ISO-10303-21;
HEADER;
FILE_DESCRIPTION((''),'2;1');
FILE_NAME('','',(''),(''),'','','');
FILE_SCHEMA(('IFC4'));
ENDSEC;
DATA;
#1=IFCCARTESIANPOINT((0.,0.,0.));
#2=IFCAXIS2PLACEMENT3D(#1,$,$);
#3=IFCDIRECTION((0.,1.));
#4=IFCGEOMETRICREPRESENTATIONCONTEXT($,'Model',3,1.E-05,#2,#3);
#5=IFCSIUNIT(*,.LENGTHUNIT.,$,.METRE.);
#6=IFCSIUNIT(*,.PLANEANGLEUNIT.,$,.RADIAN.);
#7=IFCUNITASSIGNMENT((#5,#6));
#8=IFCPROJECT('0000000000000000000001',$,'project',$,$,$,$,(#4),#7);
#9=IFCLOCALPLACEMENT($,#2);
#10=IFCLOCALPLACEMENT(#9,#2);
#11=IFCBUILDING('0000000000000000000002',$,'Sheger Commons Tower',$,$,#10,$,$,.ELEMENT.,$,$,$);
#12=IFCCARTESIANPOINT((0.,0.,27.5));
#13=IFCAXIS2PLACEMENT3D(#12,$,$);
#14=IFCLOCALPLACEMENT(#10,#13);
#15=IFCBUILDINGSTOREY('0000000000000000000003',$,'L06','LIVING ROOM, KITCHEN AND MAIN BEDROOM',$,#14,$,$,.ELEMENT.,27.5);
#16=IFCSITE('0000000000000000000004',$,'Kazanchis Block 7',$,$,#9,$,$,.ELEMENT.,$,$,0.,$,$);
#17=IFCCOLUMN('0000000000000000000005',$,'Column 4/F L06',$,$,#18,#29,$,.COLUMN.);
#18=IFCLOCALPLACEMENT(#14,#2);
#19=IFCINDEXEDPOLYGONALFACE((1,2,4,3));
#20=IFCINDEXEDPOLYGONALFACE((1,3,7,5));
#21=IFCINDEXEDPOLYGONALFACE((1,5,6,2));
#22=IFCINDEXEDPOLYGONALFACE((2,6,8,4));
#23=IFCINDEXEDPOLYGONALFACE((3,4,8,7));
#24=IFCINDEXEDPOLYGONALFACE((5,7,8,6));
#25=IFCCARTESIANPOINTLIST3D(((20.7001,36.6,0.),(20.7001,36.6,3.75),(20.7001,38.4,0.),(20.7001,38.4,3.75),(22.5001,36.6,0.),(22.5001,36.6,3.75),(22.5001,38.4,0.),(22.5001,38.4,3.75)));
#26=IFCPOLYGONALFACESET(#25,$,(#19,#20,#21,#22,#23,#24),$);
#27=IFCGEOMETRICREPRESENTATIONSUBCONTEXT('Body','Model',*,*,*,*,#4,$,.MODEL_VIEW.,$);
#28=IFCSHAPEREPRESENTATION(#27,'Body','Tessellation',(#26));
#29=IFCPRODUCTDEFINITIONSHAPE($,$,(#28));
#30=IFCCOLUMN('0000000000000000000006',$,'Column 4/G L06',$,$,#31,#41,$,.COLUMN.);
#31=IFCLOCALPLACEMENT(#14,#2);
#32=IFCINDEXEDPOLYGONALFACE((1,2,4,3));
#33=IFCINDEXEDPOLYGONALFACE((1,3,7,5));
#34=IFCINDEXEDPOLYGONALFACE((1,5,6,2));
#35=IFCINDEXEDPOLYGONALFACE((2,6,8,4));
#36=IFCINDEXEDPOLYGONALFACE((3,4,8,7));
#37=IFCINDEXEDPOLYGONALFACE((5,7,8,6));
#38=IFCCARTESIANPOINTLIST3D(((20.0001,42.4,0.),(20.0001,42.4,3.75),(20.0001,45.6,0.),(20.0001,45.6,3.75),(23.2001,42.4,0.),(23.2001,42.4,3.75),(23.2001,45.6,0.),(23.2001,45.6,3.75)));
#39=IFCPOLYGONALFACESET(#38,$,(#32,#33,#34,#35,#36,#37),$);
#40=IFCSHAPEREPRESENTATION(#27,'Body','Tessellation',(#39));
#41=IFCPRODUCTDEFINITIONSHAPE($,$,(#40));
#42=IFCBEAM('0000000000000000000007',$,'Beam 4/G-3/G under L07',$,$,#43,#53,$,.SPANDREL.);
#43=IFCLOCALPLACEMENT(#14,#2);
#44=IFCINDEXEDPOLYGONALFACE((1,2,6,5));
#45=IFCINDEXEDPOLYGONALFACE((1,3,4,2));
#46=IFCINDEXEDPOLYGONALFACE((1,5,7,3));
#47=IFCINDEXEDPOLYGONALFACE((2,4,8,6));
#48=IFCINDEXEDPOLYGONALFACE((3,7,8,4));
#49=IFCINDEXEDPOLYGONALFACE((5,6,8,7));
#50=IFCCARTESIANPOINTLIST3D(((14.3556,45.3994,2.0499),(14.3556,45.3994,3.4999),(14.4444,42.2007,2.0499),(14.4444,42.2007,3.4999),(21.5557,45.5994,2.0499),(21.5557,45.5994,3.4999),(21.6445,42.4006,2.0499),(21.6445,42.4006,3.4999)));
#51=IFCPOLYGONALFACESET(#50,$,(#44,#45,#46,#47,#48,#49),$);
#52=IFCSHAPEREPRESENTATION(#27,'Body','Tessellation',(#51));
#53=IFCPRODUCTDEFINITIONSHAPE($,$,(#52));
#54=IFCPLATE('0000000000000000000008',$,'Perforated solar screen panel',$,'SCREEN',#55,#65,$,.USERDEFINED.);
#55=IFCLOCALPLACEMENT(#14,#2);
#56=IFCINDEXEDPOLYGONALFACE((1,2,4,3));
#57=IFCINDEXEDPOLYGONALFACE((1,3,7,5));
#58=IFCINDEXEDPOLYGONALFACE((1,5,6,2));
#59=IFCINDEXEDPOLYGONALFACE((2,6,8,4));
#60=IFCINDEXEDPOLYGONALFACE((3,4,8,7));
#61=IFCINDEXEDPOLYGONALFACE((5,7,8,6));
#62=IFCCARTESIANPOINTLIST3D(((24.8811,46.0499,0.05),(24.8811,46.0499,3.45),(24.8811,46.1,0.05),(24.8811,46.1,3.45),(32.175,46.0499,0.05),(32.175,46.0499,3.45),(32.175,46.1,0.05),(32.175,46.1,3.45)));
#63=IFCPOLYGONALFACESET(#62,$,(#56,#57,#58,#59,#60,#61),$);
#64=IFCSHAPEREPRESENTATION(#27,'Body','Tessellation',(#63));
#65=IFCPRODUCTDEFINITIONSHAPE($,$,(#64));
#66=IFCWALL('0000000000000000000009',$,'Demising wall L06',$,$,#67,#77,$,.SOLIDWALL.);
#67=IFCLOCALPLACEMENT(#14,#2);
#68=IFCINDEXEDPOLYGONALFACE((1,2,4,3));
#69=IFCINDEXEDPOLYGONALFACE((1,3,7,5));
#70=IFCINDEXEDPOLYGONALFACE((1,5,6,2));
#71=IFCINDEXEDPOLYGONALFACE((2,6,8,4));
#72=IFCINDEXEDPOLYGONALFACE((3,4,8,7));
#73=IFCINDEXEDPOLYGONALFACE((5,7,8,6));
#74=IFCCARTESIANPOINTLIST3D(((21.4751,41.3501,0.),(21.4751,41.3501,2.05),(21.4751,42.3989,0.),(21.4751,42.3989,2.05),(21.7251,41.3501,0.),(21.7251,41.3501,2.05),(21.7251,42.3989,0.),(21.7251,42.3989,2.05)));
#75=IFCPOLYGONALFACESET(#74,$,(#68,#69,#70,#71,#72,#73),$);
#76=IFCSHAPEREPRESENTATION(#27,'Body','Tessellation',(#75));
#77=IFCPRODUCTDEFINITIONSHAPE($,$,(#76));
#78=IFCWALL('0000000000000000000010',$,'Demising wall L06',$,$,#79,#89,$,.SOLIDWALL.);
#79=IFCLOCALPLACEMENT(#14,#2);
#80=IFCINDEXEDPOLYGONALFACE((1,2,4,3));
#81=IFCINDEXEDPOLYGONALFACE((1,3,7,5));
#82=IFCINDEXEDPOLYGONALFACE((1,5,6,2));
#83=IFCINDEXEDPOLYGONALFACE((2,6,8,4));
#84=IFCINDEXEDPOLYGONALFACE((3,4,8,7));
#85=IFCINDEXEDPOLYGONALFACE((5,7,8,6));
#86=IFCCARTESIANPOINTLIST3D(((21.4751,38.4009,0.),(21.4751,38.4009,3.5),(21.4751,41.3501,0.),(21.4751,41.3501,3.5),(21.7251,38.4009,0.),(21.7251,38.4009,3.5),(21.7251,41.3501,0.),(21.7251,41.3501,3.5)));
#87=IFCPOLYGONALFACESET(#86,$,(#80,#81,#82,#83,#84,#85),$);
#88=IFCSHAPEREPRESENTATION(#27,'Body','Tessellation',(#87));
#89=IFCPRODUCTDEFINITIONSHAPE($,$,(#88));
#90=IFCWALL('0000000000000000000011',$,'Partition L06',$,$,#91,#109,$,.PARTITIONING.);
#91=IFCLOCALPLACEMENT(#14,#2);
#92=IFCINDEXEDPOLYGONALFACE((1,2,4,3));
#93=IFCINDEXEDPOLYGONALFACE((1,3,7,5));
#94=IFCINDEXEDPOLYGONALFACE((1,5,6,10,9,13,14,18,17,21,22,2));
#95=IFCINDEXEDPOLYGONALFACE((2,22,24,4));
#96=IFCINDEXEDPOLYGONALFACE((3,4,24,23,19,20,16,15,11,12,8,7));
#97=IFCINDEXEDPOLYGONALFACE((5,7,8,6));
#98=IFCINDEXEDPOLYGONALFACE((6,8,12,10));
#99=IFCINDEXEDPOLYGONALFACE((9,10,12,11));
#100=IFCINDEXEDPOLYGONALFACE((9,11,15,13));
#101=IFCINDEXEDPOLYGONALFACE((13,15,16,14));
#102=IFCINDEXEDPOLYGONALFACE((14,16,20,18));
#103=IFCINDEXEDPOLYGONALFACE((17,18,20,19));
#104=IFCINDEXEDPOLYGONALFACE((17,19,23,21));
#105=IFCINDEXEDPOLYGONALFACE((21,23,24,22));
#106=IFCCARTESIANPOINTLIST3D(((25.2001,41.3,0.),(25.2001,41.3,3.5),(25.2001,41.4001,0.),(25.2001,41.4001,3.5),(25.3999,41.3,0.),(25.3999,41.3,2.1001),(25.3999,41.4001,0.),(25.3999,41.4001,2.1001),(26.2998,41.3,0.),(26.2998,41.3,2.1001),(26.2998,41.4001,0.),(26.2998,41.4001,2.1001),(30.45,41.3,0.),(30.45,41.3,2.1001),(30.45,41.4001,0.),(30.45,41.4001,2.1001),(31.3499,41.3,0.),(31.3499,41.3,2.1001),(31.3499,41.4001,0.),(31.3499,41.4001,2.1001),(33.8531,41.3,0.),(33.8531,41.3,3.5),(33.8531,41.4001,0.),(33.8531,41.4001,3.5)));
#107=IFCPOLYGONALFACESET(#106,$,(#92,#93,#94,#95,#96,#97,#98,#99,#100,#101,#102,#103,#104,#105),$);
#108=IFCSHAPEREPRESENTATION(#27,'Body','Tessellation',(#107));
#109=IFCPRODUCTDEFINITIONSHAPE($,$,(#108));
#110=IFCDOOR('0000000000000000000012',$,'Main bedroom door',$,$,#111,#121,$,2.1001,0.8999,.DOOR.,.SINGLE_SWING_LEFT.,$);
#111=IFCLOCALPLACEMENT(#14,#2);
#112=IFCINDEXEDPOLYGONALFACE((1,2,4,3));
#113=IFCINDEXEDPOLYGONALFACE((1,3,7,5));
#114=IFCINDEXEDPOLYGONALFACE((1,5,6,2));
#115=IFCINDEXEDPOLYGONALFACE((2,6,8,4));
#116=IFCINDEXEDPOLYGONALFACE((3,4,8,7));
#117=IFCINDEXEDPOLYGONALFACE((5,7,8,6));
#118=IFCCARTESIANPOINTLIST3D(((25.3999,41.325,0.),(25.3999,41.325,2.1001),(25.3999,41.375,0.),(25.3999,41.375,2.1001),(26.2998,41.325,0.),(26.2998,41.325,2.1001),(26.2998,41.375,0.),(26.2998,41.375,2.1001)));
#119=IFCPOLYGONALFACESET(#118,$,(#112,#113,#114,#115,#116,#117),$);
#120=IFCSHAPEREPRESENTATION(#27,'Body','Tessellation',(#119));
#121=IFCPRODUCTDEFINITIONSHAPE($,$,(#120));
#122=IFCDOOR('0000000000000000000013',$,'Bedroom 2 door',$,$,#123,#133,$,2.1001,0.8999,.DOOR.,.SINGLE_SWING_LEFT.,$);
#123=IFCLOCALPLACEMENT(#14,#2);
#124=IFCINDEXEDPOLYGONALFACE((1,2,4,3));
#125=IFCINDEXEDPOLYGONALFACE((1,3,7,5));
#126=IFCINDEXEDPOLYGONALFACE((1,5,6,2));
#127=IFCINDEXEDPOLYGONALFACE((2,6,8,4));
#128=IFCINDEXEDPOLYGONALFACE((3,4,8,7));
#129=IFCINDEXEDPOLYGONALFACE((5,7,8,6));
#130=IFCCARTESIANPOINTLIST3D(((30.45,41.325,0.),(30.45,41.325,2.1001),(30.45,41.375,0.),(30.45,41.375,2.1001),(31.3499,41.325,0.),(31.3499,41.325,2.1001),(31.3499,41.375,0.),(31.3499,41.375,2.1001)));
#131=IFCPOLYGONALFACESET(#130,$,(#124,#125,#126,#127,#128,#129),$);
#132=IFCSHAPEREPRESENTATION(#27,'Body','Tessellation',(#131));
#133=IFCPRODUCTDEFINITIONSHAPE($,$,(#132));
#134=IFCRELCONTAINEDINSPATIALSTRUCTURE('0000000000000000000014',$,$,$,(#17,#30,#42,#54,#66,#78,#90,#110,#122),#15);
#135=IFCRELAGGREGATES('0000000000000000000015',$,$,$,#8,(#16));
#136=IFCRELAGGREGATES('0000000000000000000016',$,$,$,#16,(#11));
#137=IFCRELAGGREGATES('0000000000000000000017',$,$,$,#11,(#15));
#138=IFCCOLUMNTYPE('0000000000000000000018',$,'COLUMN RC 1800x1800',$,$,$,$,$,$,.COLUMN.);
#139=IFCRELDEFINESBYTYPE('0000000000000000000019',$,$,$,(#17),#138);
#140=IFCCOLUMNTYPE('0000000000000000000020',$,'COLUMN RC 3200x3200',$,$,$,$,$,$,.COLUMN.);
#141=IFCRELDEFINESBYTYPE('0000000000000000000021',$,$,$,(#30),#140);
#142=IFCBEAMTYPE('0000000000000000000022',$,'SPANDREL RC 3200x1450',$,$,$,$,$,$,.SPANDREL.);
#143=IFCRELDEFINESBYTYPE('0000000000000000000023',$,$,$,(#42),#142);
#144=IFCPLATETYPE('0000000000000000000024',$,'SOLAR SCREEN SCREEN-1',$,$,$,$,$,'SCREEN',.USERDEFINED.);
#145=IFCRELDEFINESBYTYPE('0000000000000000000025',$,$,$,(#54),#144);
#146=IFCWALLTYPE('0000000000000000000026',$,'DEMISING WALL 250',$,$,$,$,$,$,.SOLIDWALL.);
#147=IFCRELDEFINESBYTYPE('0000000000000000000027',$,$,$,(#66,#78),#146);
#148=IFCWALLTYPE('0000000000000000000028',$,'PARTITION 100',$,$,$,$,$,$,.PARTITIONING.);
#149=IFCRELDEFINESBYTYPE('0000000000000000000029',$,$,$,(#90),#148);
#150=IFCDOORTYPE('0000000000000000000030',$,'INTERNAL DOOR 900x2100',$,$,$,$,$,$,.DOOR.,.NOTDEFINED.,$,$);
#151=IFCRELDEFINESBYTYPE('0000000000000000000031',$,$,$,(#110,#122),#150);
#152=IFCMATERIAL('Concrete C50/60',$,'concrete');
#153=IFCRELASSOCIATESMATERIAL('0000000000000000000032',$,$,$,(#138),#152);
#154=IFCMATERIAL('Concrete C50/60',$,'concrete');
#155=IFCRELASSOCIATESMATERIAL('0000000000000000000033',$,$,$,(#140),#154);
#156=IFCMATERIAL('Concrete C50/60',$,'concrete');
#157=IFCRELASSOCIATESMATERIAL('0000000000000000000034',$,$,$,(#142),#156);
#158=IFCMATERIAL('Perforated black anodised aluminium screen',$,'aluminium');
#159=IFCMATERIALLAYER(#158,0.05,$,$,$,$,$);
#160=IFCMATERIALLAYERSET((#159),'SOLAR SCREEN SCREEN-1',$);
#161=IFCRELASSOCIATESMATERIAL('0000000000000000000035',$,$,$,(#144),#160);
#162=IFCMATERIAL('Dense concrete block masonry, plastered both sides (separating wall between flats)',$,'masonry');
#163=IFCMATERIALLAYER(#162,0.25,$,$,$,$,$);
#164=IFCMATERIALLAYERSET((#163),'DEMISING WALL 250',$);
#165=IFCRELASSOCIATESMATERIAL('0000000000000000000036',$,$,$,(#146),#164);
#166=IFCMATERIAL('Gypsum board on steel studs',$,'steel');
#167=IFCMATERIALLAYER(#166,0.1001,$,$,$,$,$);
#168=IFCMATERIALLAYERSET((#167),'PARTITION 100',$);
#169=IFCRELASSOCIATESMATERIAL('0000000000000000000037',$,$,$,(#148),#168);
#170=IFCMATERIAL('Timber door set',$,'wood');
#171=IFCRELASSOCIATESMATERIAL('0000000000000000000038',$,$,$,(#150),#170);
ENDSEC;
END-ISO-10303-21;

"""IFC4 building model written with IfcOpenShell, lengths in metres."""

from ifc_helpers import new_model, si_unit, direction, frame, frame_2d, origin, origin_2d, place, context, subcontext, project, spatial, rectangle, extrude, material, layer, layer_set, material_profile, profile_set, type_object, element, fill, save


model = new_model("IFC4")

# Units and contexts
model_context = context("Model", 3, precision=1e-05, world=origin(), true_north=direction((0.0, 1.0)))
body_context = subcontext(model_context, "Body", "Model", "MODEL_VIEW")
ifc_project = project(units=[si_unit("LENGTHUNIT", "METRE"), si_unit("PLANEANGLEUNIT", "RADIAN")], contexts=[model_context])

# Site, building, storey
site_placement = place(None, origin())
site = spatial("IfcSite", under=ifc_project, at=site_placement, Name="Kazanchis Block 7", CompositionType="ELEMENT", RefElevation=0.0)
building_placement = place(site_placement, origin())
building = spatial("IfcBuilding", under=site, at=building_placement, Name="Sheger Commons Tower", CompositionType="ELEMENT")
storey_placement = place(building_placement, frame((0.0, 0.0, 27.5)))
storey = spatial("IfcBuildingStorey", under=building, at=storey_placement, Name="L06", Description="LIVING ROOM, KITCHEN AND MAIN BEDROOM", CompositionType="ELEMENT", Elevation=27.5)

# Columns
ifc_material_1 = material(Name="Concrete C50/60", Category="concrete")
ifc_material_profile_1 = material_profile(ifc_material_1, rectangle(XDim=1.8, YDim=1.8, at=origin_2d()), Name="RC 1800x1800")
ifc_profile_set_1 = profile_set([ifc_material_profile_1], Name="Concrete C50/60")
column_type_1 = type_object("IfcColumnType", Name="COLUMN RC 1800x1800", PredefinedType="COLUMN", material=ifc_profile_set_1)
column_1_placement = place(storey_placement, frame((21.6001, 37.5, 0.0), z_axis=(0.0, 0.0, 1.0), x_axis=(1.0, 0.0, 0.0)))
element("IfcColumn", 1, at=column_1_placement, inside=storey, type_object=column_type_1, Name="Column 4/F L06", PredefinedType="COLUMN", context=body_context, shape_type="SweptSolid", body=[
    extrude(rectangle(XDim=1.8, YDim=1.8, at=origin_2d()), origin(), (0.0, 0.0, 1.0), 3.75),
])
ifc_material_2 = material(Name="Concrete C50/60", Category="concrete")
ifc_material_profile_2 = material_profile(ifc_material_2, rectangle(XDim=3.2, YDim=3.2, at=origin_2d()), Name="RC 3200x3200")
ifc_profile_set_2 = profile_set([ifc_material_profile_2], Name="Concrete C50/60")
column_type_2 = type_object("IfcColumnType", Name="COLUMN RC 3200x3200", PredefinedType="COLUMN", material=ifc_profile_set_2)
column_2_placement = place(storey_placement, frame((21.6001, 44.0, 0.0), z_axis=(0.0, 0.0, 1.0), x_axis=(1.0, 0.0, 0.0)))
element("IfcColumn", 2, at=column_2_placement, inside=storey, type_object=column_type_2, Name="Column 4/G L06", PredefinedType="COLUMN", context=body_context, shape_type="SweptSolid", body=[
    extrude(rectangle(XDim=3.2, YDim=3.2, at=origin_2d()), origin(), (0.0, 0.0, 1.0), 3.75),
])

# Beam
ifc_material_3 = material(Name="Concrete C50/60", Category="concrete")
ifc_material_profile_3 = material_profile(ifc_material_3, rectangle(XDim=3.2, YDim=1.45, at=origin_2d()), Name="RC 3200x1450")
ifc_profile_set_3 = profile_set([ifc_material_profile_3], Name="Concrete C50/60")
beam_type = type_object("IfcBeamType", Name="SPANDREL RC 3200x1450", PredefinedType="SPANDREL", material=ifc_profile_set_3)
beam_placement = place(storey_placement, frame((21.6001, 44.0, 2.7749), z_axis=(-0.999615, -0.02776, 0.0), x_axis=(0.02776, -0.999615, 0.0)))
element("IfcBeam", 3, at=beam_placement, inside=storey, type_object=beam_type, Name="Beam 4/G-3/G under L07", PredefinedType="SPANDREL", context=body_context, shape_type="SweptSolid", body=[
    extrude(rectangle(XDim=3.2, YDim=1.45, at=origin_2d()), origin(), (0.0, 0.0, 1.0), 7.2029),
])

# Plate
ifc_material_4 = material(Name="Perforated black anodised aluminium screen", Category="aluminium")
ifc_layer_1 = layer(ifc_material_4, 0.05)
ifc_layer_set_1 = layer_set([ifc_layer_1], Name="SOLAR SCREEN SCREEN-1")
plate_type = type_object("IfcPlateType", Name="SOLAR SCREEN SCREEN-1", ElementType="SCREEN", PredefinedType="USERDEFINED", material=ifc_layer_set_1)
plate_placement = place(storey_placement, frame((28.5281, 46.075, 0.05), z_axis=(0.0, 0.0, 1.0), x_axis=(-1.0, 0.0, 0.0)))
element("IfcPlate", 4, at=plate_placement, inside=storey, type_object=plate_type, Name="Perforated solar screen panel", ObjectType="SCREEN", PredefinedType="USERDEFINED", context=body_context, shape_type="SweptSolid", body=[
    extrude(rectangle(XDim=7.2939, YDim=0.05, at=origin_2d()), origin(), (0.0, 0.0, 1.0), 3.3999),
])

# Walls
ifc_material_5 = material(Name="Dense concrete block masonry, plastered both sides (separating wall between flats)", Category="masonry")
ifc_layer_2 = layer(ifc_material_5, 0.25)
ifc_layer_set_2 = layer_set([ifc_layer_2], Name="DEMISING WALL 250")
wall_type_1 = type_object("IfcWallType", Name="DEMISING WALL 250", PredefinedType="SOLIDWALL", material=ifc_layer_set_2)
wall_1_placement = place(storey_placement, frame((21.6001, 41.3501, 0.0), z_axis=(0.0, 0.0, 1.0), x_axis=(0.0, 1.0, 0.0)))
element("IfcWall", 5, at=wall_1_placement, inside=storey, type_object=wall_type_1, Name="Demising wall L06", PredefinedType="SOLIDWALL", context=body_context, shape_type="SweptSolid", body=[
    extrude(rectangle(XDim=1.0488, YDim=0.25, at=frame_2d((0.5244, 0.0))), origin(), (0.0, 0.0, 1.0), 2.05),
])
wall_2_placement = place(storey_placement, frame((21.6001, 38.4009, 0.0), z_axis=(0.0, 0.0, 1.0), x_axis=(0.0, 1.0, 0.0)))
element("IfcWall", 6, at=wall_2_placement, inside=storey, type_object=wall_type_1, Name="Demising wall L06", PredefinedType="SOLIDWALL", context=body_context, shape_type="SweptSolid", body=[
    extrude(rectangle(XDim=2.9492, YDim=0.25, at=frame_2d((1.4746, 0.0))), origin(), (0.0, 0.0, 1.0), 3.5),
])

# Wall, openings, doors
ifc_material_6 = material(Name="Gypsum board on steel studs", Category="steel")
ifc_layer_3 = layer(ifc_material_6, 0.1001)
ifc_layer_set_3 = layer_set([ifc_layer_3], Name="PARTITION 100")
wall_type_2 = type_object("IfcWallType", Name="PARTITION 100", PredefinedType="PARTITIONING", material=ifc_layer_set_3)
wall_3_placement = place(storey_placement, frame((25.2, 41.3501, 0.0), z_axis=(0.0, 0.0, 1.0), x_axis=(1.0, 0.0, 0.0)))
wall_3 = element("IfcWall", 7, at=wall_3_placement, inside=storey, type_object=wall_type_2, Name="Partition L06", PredefinedType="PARTITIONING", context=body_context, shape_type="SweptSolid", body=[
    extrude(rectangle(XDim=8.6531, YDim=0.1001, at=frame_2d((4.3267, 0.0))), origin(), (0.0, 0.0, 1.0), 3.5),
])
opening_1_placement = place(wall_3_placement, frame((0.2, 0.0, 0.0)))
opening_1 = element("IfcOpeningElement", 8, at=opening_1_placement, cuts=wall_3, PredefinedType="OPENING", context=body_context, shape_type="SweptSolid", body=[
    extrude(rectangle(XDim=0.8999, YDim=2.1001, at=frame_2d((0.45, 1.05))), frame((0.0, 0.0601, 0.0), z_axis=(0.0, -1.0, 0.0), x_axis=(1.0, 0.0, 0.0)), (0.0, 0.0, 1.0), 0.1201),
])
opening_2_placement = place(wall_3_placement, frame((5.25, 0.0, 0.0)))
opening_2 = element("IfcOpeningElement", 9, at=opening_2_placement, cuts=wall_3, PredefinedType="OPENING", context=body_context, shape_type="SweptSolid", body=[
    extrude(rectangle(XDim=0.8999, YDim=2.1001, at=frame_2d((0.45, 1.05))), frame((0.0, 0.0601, 0.0), z_axis=(0.0, -1.0, 0.0), x_axis=(1.0, 0.0, 0.0)), (0.0, 0.0, 1.0), 0.1201),
])
ifc_material_7 = material(Name="Timber door set", Category="wood")
door_type = type_object("IfcDoorType", Name="INTERNAL DOOR 900x2100", OperationType="NOTDEFINED", PredefinedType="DOOR", material=ifc_material_7)
door_1_placement = place(opening_1_placement, origin())
door_1 = element("IfcDoor", 10, at=door_1_placement, inside=storey, type_object=door_type, Name="Main bedroom door", OperationType="SINGLE_SWING_LEFT", OverallHeight=2.1001, OverallWidth=0.8999, PredefinedType="DOOR", context=body_context, shape_type="SweptSolid", body=[
    extrude(rectangle(XDim=0.8999, YDim=2.1001, at=frame_2d((0.45, 1.05))), frame((0.0, 0.0249, 0.0), z_axis=(0.0, -1.0, 0.0), x_axis=(1.0, 0.0, 0.0)), (0.0, 0.0, 1.0), 0.05),
])
fill(opening_1, door_1)
door_2_placement = place(opening_2_placement, origin())
door_2 = element("IfcDoor", 11, at=door_2_placement, inside=storey, type_object=door_type, Name="Bedroom 2 door", OperationType="SINGLE_SWING_LEFT", OverallHeight=2.1001, OverallWidth=0.8999, PredefinedType="DOOR", context=body_context, shape_type="SweptSolid", body=[
    extrude(rectangle(XDim=0.8999, YDim=2.1001, at=frame_2d((0.45, 1.05))), frame((0.0, 0.0249, 0.0), z_axis=(0.0, -1.0, 0.0), x_axis=(1.0, 0.0, 0.0)), (0.0, 0.0, 1.0), 0.05),
])
fill(opening_2, door_2)

save(model, "model.ifc")
